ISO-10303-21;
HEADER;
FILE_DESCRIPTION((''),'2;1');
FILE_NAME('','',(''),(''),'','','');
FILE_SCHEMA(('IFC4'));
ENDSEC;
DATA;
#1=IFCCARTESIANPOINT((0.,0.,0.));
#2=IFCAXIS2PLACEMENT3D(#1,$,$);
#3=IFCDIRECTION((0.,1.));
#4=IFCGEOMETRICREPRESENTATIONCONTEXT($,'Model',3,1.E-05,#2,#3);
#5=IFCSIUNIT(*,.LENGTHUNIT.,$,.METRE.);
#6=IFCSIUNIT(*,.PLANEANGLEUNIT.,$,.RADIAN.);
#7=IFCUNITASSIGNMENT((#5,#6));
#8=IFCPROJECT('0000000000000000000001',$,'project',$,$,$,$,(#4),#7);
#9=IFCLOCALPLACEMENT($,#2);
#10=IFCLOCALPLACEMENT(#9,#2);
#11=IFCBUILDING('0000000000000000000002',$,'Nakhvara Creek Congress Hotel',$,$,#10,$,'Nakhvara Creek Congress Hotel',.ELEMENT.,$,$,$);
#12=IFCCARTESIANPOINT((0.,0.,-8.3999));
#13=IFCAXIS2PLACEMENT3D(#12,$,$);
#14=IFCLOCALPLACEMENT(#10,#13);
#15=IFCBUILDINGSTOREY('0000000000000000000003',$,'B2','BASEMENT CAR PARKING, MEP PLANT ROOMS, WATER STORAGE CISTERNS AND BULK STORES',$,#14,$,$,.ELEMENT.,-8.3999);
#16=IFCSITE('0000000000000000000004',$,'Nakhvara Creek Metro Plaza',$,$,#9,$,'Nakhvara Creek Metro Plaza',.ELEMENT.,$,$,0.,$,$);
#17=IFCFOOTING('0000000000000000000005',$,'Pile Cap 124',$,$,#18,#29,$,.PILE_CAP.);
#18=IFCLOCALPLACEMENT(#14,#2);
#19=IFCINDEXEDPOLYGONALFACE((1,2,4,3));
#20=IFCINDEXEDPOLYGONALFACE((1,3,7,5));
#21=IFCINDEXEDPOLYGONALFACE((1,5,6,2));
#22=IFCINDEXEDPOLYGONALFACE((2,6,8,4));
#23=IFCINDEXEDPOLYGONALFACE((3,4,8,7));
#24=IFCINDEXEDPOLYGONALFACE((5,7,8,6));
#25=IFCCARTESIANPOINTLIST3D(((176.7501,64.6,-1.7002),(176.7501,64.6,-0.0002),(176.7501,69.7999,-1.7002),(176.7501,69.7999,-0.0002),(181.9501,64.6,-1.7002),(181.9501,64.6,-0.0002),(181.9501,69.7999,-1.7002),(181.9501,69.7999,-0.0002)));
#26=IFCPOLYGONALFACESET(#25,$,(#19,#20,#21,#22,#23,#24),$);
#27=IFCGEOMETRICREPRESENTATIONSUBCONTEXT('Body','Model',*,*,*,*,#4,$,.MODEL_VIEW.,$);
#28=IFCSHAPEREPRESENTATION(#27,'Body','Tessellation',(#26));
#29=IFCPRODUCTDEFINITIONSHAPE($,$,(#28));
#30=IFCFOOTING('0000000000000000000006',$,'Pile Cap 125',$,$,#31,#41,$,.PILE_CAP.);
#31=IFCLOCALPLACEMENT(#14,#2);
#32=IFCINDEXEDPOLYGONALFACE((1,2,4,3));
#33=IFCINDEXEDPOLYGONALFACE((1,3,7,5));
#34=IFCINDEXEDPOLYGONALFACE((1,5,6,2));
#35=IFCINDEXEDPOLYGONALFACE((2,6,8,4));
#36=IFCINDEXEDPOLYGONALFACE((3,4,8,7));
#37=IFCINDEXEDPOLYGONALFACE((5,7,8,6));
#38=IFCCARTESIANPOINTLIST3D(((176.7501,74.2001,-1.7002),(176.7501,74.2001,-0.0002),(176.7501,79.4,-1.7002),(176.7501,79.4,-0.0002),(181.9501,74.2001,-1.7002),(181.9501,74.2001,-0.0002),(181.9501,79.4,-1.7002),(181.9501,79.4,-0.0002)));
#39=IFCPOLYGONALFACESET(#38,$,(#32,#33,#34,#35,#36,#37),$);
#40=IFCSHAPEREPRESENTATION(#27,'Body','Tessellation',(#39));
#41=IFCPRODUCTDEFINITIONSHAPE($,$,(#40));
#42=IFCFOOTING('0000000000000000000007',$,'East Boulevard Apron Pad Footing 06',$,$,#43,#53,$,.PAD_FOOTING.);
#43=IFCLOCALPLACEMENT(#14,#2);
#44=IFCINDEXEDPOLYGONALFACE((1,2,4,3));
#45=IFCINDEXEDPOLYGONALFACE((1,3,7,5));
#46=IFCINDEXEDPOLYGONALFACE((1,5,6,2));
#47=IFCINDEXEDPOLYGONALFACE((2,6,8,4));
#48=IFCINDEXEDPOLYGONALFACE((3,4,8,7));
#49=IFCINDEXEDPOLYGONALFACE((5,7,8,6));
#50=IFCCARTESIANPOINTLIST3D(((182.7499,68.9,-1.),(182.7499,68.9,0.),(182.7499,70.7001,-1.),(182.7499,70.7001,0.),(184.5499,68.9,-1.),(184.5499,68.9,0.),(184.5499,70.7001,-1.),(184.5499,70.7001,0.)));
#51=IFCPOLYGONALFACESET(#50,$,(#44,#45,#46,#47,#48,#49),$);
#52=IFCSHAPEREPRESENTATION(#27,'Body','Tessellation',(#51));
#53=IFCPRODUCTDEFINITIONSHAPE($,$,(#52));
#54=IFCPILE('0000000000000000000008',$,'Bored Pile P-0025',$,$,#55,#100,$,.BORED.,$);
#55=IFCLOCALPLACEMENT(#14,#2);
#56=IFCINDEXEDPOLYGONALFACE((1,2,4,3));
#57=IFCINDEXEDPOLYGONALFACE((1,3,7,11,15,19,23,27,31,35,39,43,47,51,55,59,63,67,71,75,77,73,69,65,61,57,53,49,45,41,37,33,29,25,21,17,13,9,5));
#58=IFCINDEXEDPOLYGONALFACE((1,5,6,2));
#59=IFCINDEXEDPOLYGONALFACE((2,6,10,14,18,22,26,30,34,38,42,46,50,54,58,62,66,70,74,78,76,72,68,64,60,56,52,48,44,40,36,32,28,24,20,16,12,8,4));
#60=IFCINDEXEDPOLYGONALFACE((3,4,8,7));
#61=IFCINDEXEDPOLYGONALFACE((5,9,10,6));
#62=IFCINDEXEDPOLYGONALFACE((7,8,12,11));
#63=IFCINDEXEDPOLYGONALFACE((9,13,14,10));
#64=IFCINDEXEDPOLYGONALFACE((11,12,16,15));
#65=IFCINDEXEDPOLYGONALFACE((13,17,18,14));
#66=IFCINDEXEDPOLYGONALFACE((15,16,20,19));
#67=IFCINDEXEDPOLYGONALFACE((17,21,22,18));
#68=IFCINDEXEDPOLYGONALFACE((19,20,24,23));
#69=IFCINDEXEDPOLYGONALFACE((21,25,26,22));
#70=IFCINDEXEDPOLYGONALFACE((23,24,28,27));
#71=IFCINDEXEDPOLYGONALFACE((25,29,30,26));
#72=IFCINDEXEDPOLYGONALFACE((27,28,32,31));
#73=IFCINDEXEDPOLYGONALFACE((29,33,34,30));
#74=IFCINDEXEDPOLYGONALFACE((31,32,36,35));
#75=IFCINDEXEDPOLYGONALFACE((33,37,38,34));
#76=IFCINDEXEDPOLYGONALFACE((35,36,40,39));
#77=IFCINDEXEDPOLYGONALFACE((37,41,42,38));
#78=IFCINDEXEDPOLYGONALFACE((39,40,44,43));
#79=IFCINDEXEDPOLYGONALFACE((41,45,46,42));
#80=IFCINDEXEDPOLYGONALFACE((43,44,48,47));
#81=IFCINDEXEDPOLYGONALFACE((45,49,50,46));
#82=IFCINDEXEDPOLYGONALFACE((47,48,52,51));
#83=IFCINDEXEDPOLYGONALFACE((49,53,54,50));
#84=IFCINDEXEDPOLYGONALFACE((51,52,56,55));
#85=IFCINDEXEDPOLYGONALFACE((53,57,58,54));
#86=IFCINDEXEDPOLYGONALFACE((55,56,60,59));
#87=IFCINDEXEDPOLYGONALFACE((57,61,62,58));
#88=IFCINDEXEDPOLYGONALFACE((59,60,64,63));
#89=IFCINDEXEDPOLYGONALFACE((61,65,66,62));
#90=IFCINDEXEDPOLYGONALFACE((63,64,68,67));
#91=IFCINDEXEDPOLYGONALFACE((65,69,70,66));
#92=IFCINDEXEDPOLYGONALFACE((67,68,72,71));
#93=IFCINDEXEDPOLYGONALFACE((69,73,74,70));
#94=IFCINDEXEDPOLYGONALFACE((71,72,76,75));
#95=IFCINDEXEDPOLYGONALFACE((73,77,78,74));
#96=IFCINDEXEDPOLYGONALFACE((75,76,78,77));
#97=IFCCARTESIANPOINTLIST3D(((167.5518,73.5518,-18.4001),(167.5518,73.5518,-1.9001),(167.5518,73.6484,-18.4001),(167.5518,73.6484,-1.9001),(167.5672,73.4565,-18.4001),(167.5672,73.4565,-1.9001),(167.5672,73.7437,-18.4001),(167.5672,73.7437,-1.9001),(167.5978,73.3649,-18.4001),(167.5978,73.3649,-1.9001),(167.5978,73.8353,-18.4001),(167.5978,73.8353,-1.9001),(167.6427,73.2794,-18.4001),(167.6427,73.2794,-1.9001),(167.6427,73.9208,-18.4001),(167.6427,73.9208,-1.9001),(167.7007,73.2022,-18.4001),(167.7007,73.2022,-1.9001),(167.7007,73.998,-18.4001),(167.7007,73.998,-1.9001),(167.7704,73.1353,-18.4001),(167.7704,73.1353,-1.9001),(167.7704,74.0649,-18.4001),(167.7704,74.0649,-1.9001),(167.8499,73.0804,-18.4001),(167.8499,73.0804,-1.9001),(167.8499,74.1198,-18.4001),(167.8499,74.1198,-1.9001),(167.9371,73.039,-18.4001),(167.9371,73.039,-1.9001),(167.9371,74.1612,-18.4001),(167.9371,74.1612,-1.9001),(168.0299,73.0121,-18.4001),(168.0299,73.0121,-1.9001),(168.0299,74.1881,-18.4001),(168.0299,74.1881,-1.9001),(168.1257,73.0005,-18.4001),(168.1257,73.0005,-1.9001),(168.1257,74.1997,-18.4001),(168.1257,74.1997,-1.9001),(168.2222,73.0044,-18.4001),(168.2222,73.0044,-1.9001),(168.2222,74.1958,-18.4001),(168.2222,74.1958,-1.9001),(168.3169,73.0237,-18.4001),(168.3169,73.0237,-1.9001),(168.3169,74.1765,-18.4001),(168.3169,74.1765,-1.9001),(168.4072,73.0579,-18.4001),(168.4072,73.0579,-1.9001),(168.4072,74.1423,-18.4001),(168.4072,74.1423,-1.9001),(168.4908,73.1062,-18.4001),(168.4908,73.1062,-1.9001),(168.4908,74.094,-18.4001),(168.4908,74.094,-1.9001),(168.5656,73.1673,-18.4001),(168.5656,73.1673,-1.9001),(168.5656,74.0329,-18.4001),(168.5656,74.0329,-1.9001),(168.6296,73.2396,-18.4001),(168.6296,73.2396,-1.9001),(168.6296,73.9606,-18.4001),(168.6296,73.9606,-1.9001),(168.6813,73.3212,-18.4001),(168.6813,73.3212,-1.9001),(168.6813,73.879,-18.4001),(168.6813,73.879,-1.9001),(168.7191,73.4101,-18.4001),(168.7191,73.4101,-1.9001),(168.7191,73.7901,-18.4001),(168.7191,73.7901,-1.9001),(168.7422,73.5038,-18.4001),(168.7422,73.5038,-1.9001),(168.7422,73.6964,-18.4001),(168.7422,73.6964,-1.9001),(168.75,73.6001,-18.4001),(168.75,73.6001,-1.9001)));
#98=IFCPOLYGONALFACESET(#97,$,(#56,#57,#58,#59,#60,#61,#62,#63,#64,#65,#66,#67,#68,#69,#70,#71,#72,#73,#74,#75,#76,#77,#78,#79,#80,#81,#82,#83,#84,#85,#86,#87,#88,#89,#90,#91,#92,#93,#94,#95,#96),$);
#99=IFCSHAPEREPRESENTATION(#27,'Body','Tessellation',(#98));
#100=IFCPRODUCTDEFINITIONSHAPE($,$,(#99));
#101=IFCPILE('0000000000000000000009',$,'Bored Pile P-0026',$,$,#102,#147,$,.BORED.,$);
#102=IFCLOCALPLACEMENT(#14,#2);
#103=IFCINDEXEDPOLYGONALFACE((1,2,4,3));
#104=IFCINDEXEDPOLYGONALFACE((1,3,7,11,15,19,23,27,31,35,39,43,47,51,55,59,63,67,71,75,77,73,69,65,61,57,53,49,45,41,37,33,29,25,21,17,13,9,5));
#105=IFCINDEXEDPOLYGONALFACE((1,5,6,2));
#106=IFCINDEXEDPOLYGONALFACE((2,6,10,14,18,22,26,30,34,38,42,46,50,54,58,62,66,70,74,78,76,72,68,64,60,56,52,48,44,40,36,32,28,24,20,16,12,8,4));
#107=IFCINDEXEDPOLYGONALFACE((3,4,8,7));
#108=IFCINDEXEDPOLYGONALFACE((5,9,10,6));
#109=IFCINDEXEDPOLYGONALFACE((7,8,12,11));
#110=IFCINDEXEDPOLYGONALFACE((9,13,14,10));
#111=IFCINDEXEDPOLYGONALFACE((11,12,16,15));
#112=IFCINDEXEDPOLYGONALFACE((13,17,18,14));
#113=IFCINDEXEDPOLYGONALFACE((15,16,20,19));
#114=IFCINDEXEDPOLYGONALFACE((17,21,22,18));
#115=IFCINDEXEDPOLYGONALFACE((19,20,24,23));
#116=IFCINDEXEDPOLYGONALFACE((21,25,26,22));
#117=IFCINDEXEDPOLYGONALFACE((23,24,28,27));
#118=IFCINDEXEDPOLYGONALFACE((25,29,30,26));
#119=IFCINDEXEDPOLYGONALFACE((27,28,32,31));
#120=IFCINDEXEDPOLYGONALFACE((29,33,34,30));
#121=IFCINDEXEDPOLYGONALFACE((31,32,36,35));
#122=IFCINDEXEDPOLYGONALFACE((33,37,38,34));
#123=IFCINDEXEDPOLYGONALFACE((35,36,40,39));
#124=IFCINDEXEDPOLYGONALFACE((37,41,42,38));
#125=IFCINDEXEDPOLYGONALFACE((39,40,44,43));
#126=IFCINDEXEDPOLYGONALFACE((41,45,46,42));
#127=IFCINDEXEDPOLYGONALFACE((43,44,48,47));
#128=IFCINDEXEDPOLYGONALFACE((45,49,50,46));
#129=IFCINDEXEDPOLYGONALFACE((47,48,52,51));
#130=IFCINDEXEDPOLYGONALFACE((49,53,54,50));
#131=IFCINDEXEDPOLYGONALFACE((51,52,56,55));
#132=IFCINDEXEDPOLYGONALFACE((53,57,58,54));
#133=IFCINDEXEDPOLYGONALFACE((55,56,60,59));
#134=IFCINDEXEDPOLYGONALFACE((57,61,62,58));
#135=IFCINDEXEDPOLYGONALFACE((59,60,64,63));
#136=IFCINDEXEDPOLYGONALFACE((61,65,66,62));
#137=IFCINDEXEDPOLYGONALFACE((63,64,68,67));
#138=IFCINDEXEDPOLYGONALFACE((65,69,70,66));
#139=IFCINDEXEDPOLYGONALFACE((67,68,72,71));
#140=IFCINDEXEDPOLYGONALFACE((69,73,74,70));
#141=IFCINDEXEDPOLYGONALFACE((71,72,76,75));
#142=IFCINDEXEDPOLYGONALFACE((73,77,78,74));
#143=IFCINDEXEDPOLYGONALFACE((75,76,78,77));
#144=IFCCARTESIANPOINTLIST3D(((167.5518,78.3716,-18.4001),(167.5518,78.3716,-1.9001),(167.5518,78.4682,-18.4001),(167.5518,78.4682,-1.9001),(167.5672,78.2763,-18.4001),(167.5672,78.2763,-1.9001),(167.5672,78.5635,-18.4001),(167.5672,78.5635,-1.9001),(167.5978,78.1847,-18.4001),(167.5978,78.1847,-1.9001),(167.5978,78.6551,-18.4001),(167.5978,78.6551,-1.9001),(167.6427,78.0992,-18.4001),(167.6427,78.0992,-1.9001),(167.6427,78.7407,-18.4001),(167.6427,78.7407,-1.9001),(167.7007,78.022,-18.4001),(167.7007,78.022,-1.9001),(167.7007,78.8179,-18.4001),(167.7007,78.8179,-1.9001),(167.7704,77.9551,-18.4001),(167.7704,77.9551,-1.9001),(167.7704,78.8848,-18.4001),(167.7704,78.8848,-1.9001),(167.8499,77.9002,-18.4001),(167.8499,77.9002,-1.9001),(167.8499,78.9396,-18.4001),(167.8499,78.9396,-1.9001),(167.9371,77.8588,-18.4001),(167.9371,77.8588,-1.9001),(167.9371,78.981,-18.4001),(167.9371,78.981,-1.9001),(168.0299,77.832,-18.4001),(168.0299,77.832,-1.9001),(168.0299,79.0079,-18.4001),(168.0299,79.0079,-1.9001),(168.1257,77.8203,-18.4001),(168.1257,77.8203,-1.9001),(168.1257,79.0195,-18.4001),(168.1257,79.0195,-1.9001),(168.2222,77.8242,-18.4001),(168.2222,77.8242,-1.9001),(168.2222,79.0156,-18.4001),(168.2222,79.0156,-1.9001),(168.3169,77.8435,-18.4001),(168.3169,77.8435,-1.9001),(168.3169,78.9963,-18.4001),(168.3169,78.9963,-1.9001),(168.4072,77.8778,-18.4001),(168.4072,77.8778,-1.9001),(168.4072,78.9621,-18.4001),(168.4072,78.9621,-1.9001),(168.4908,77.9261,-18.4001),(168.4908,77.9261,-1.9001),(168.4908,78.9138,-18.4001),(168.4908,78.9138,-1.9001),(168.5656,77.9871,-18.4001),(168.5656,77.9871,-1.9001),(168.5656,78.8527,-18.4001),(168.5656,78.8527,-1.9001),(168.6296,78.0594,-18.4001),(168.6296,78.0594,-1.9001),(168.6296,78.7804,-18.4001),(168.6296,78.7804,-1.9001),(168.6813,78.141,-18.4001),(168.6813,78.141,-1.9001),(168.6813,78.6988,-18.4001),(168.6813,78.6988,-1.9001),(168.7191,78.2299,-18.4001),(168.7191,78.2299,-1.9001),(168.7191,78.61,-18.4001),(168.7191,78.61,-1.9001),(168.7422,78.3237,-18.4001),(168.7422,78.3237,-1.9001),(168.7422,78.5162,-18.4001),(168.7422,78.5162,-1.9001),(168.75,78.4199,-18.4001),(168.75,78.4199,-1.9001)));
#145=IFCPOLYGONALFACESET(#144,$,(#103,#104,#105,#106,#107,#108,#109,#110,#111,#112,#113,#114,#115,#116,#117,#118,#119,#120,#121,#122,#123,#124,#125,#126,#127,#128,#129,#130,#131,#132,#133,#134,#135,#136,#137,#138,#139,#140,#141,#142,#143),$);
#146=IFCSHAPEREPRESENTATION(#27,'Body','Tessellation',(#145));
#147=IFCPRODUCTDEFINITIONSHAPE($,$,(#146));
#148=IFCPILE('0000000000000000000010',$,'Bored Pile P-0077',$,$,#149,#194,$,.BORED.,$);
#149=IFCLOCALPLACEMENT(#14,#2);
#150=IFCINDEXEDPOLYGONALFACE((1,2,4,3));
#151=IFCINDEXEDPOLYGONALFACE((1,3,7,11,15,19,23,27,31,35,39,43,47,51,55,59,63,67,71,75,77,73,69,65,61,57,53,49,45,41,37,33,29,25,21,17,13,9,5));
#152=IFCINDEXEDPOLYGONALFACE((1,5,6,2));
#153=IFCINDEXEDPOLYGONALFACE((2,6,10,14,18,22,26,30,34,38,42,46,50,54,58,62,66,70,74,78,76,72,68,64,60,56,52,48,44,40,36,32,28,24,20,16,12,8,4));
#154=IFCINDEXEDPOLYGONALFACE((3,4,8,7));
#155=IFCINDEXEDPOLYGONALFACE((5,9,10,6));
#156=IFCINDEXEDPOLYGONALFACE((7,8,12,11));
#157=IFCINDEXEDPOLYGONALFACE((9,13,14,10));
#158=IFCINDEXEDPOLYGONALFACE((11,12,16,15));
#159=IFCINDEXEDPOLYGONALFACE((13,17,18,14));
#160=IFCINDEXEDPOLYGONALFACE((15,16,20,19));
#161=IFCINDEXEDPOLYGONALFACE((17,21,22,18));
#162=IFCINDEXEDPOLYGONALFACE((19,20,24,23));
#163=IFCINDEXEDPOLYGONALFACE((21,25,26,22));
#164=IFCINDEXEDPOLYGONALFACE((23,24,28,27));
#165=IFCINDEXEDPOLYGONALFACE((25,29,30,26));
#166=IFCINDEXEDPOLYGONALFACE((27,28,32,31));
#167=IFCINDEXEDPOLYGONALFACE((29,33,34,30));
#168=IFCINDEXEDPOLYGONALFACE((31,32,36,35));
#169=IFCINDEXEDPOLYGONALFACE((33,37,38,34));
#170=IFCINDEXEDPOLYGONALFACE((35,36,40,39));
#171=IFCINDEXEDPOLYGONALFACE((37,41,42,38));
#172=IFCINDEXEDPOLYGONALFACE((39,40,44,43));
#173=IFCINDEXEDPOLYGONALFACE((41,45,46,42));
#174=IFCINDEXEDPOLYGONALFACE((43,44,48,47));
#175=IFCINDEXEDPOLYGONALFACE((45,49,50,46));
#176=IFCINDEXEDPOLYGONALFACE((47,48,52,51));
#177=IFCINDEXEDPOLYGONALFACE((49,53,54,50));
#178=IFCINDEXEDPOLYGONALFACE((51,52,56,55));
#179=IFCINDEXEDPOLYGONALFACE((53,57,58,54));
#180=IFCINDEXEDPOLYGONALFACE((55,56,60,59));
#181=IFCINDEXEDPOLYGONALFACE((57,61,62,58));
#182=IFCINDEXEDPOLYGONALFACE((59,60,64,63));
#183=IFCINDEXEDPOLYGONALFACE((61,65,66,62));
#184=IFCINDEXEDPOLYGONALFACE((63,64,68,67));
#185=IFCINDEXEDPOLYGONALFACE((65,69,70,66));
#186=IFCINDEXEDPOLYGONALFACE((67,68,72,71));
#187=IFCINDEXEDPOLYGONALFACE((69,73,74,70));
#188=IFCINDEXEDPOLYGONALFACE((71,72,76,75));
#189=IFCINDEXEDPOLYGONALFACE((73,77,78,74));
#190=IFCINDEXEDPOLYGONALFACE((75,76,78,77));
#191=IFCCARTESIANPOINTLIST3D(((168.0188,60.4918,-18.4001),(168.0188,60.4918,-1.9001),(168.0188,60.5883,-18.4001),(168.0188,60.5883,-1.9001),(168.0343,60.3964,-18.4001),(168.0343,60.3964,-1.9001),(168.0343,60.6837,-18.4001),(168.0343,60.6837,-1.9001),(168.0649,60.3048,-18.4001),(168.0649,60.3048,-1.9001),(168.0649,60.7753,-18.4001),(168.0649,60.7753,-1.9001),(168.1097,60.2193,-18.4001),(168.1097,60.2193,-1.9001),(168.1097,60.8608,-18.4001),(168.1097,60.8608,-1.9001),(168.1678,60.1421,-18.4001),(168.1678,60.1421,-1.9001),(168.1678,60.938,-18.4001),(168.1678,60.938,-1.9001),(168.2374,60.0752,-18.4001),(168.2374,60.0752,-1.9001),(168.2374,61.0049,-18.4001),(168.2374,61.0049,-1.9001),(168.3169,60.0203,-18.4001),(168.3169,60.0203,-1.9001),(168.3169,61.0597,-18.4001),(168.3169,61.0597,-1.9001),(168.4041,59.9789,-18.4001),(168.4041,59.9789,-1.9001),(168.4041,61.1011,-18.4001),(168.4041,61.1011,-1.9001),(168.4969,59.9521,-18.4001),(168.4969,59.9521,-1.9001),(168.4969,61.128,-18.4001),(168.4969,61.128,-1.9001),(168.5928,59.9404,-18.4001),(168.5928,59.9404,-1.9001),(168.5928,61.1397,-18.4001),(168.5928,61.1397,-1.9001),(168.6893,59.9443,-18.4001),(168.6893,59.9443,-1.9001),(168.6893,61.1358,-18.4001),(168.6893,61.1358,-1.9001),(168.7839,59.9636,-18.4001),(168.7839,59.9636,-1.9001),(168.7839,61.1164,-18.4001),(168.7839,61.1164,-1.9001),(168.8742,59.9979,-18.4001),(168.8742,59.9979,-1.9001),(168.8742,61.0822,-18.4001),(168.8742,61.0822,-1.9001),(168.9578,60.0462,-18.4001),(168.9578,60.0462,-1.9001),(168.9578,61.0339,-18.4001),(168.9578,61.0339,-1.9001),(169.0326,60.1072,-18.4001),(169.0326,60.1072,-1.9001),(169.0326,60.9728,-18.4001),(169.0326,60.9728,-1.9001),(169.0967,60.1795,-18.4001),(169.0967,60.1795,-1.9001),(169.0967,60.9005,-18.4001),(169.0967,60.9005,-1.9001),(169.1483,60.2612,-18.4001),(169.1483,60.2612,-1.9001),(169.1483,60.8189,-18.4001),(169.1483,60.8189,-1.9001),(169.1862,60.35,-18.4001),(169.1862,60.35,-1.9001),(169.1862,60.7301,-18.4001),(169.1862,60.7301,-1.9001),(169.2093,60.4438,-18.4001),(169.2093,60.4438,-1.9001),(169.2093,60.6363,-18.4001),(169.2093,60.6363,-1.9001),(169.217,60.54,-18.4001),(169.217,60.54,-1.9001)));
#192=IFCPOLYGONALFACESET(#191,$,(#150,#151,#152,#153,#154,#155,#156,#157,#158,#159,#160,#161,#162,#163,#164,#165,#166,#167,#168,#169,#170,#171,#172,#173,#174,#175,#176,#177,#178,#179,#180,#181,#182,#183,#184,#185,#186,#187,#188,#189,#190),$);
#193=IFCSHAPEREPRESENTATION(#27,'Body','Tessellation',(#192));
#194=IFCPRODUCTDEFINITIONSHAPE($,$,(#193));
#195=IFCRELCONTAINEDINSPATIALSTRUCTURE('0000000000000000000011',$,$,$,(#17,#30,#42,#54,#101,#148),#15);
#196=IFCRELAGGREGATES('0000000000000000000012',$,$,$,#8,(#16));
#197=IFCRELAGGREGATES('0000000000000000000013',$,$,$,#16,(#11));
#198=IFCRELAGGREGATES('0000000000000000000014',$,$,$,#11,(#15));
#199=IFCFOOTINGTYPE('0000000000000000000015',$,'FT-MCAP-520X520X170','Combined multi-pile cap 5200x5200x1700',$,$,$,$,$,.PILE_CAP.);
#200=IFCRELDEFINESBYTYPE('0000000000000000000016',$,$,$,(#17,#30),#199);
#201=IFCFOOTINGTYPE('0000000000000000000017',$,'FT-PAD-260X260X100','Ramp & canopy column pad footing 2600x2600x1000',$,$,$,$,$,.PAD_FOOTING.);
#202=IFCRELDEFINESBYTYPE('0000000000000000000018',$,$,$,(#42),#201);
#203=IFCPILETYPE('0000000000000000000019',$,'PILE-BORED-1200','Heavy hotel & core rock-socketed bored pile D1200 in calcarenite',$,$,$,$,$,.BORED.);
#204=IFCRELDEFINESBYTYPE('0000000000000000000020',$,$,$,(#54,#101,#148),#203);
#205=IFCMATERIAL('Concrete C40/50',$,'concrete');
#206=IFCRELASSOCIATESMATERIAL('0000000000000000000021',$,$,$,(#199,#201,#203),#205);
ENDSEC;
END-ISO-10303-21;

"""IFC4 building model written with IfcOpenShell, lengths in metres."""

from ifc_helpers import new_model, si_unit, direction, frame, origin, origin_2d, place, context, subcontext, project, spatial, rectangle, circle, extrude, material, material_profile, profile_set, type_object, element, save


model = new_model("IFC4")

# Units and contexts
model_context = context("Model", 3, precision=1e-05, world=origin(), true_north=direction((0.0, 1.0)))
body_context = subcontext(model_context, "Body", "Model", "MODEL_VIEW")
ifc_project = project(units=[si_unit("LENGTHUNIT", "METRE"), si_unit("PLANEANGLEUNIT", "RADIAN")], contexts=[model_context])

# Site, building, storey
site_placement = place(None, origin())
site = spatial("IfcSite", under=ifc_project, at=site_placement, Name="Nakhvara Creek Metro Plaza", LongName="Nakhvara Creek Metro Plaza", CompositionType="ELEMENT", RefElevation=0.0)
building_placement = place(site_placement, origin())
building = spatial("IfcBuilding", under=site, at=building_placement, Name="Nakhvara Creek Congress Hotel", LongName="Nakhvara Creek Congress Hotel", CompositionType="ELEMENT")
storey_placement = place(building_placement, frame((0.0, 0.0, -8.3999)))
storey = spatial("IfcBuildingStorey", under=building, at=storey_placement, Name="B2", Description="BASEMENT CAR PARKING, MEP PLANT ROOMS, WATER STORAGE CISTERNS AND BULK STORES", CompositionType="ELEMENT", Elevation=-8.3999)

# Footings
ifc_material_1 = material(Name="Concrete C40/50", Category="concrete")
footing_type_1 = type_object("IfcFootingType", Name="FT-MCAP-520X520X170", Description="Combined multi-pile cap 5200x5200x1700", PredefinedType="PILE_CAP", material=ifc_material_1)
for number, where, z_axis, x_axis, name in (
    (1, (179.3501, 67.2, -1.7002), (0.0, 0.0, 1.0), (1.0, 0.0, 0.0), "Pile Cap 124"),
    (2, (179.3501, 76.8, -1.7002), (0.0, 0.0, 1.0), (1.0, 0.0, 0.0), "Pile Cap 125"),
):
    element("IfcFooting", number, at=place(storey_placement, frame(where, z_axis=z_axis, x_axis=x_axis)), inside=storey, type_object=footing_type_1, Name=name, PredefinedType="PILE_CAP", context=body_context, shape_type="SweptSolid", body=[
        extrude(rectangle(XDim=5.2, YDim=5.2, at=origin_2d()), origin(), (0.0, 0.0, 1.0), 1.7),
    ])
footing_type_2 = type_object("IfcFootingType", Name="FT-PAD-260X260X100", Description="Ramp & canopy column pad footing 2600x2600x1000", PredefinedType="PAD_FOOTING", material=ifc_material_1)
footing_placement = place(storey_placement, frame((183.6499, 69.8, -1.0), z_axis=(0.0, 0.0, 1.0), x_axis=(1.0, 0.0, 0.0)))
element("IfcFooting", 3, at=footing_placement, inside=storey, type_object=footing_type_2, Name="East Boulevard Apron Pad Footing 06", PredefinedType="PAD_FOOTING", context=body_context, shape_type="SweptSolid", body=[
    extrude(rectangle(XDim=1.8, YDim=1.8, at=origin_2d()), origin(), (0.0, 0.0, 1.0), 1.0),
])

# Piles
ifc_material_profile_1 = material_profile(ifc_material_1, circle(Radius=0.6001, at=origin_2d()), Name="BORED PILE D1200", Category="LoadBearing")
ifc_profile_set_1 = profile_set([ifc_material_profile_1], Name="Concrete C40/50")
pile_type = type_object("IfcPileType", Name="PILE-BORED-1200", Description="Heavy hotel & core rock-socketed bored pile D1200 in calcarenite", PredefinedType="BORED", material=ifc_profile_set_1)
for number, where, z_axis, x_axis, name in (
    (4, (168.1499, 73.6001, -1.9001), (0.0, 0.0, -1.0), (1.0, 0.0, 0.0), "Bored Pile P-0025"),
    (5, (168.1499, 78.4199, -1.9001), (0.0, 0.0, -1.0), (1.0, 0.0, 0.0), "Bored Pile P-0026"),
    (6, (168.6169, 60.54, -1.9001), (0.0, 0.0, -1.0), (1.0, 0.0, 0.0), "Bored Pile P-0077"),
):
    element("IfcPile", number, at=place(storey_placement, frame(where, z_axis=z_axis, x_axis=x_axis)), inside=storey, type_object=pile_type, Name=name, PredefinedType="BORED", context=body_context, shape_type="SweptSolid", body=[
        extrude(circle(Radius=0.6001, at=origin_2d()), origin(), (0.0, 0.0, 1.0), 16.5),
    ])

save(model, "model.ifc")
